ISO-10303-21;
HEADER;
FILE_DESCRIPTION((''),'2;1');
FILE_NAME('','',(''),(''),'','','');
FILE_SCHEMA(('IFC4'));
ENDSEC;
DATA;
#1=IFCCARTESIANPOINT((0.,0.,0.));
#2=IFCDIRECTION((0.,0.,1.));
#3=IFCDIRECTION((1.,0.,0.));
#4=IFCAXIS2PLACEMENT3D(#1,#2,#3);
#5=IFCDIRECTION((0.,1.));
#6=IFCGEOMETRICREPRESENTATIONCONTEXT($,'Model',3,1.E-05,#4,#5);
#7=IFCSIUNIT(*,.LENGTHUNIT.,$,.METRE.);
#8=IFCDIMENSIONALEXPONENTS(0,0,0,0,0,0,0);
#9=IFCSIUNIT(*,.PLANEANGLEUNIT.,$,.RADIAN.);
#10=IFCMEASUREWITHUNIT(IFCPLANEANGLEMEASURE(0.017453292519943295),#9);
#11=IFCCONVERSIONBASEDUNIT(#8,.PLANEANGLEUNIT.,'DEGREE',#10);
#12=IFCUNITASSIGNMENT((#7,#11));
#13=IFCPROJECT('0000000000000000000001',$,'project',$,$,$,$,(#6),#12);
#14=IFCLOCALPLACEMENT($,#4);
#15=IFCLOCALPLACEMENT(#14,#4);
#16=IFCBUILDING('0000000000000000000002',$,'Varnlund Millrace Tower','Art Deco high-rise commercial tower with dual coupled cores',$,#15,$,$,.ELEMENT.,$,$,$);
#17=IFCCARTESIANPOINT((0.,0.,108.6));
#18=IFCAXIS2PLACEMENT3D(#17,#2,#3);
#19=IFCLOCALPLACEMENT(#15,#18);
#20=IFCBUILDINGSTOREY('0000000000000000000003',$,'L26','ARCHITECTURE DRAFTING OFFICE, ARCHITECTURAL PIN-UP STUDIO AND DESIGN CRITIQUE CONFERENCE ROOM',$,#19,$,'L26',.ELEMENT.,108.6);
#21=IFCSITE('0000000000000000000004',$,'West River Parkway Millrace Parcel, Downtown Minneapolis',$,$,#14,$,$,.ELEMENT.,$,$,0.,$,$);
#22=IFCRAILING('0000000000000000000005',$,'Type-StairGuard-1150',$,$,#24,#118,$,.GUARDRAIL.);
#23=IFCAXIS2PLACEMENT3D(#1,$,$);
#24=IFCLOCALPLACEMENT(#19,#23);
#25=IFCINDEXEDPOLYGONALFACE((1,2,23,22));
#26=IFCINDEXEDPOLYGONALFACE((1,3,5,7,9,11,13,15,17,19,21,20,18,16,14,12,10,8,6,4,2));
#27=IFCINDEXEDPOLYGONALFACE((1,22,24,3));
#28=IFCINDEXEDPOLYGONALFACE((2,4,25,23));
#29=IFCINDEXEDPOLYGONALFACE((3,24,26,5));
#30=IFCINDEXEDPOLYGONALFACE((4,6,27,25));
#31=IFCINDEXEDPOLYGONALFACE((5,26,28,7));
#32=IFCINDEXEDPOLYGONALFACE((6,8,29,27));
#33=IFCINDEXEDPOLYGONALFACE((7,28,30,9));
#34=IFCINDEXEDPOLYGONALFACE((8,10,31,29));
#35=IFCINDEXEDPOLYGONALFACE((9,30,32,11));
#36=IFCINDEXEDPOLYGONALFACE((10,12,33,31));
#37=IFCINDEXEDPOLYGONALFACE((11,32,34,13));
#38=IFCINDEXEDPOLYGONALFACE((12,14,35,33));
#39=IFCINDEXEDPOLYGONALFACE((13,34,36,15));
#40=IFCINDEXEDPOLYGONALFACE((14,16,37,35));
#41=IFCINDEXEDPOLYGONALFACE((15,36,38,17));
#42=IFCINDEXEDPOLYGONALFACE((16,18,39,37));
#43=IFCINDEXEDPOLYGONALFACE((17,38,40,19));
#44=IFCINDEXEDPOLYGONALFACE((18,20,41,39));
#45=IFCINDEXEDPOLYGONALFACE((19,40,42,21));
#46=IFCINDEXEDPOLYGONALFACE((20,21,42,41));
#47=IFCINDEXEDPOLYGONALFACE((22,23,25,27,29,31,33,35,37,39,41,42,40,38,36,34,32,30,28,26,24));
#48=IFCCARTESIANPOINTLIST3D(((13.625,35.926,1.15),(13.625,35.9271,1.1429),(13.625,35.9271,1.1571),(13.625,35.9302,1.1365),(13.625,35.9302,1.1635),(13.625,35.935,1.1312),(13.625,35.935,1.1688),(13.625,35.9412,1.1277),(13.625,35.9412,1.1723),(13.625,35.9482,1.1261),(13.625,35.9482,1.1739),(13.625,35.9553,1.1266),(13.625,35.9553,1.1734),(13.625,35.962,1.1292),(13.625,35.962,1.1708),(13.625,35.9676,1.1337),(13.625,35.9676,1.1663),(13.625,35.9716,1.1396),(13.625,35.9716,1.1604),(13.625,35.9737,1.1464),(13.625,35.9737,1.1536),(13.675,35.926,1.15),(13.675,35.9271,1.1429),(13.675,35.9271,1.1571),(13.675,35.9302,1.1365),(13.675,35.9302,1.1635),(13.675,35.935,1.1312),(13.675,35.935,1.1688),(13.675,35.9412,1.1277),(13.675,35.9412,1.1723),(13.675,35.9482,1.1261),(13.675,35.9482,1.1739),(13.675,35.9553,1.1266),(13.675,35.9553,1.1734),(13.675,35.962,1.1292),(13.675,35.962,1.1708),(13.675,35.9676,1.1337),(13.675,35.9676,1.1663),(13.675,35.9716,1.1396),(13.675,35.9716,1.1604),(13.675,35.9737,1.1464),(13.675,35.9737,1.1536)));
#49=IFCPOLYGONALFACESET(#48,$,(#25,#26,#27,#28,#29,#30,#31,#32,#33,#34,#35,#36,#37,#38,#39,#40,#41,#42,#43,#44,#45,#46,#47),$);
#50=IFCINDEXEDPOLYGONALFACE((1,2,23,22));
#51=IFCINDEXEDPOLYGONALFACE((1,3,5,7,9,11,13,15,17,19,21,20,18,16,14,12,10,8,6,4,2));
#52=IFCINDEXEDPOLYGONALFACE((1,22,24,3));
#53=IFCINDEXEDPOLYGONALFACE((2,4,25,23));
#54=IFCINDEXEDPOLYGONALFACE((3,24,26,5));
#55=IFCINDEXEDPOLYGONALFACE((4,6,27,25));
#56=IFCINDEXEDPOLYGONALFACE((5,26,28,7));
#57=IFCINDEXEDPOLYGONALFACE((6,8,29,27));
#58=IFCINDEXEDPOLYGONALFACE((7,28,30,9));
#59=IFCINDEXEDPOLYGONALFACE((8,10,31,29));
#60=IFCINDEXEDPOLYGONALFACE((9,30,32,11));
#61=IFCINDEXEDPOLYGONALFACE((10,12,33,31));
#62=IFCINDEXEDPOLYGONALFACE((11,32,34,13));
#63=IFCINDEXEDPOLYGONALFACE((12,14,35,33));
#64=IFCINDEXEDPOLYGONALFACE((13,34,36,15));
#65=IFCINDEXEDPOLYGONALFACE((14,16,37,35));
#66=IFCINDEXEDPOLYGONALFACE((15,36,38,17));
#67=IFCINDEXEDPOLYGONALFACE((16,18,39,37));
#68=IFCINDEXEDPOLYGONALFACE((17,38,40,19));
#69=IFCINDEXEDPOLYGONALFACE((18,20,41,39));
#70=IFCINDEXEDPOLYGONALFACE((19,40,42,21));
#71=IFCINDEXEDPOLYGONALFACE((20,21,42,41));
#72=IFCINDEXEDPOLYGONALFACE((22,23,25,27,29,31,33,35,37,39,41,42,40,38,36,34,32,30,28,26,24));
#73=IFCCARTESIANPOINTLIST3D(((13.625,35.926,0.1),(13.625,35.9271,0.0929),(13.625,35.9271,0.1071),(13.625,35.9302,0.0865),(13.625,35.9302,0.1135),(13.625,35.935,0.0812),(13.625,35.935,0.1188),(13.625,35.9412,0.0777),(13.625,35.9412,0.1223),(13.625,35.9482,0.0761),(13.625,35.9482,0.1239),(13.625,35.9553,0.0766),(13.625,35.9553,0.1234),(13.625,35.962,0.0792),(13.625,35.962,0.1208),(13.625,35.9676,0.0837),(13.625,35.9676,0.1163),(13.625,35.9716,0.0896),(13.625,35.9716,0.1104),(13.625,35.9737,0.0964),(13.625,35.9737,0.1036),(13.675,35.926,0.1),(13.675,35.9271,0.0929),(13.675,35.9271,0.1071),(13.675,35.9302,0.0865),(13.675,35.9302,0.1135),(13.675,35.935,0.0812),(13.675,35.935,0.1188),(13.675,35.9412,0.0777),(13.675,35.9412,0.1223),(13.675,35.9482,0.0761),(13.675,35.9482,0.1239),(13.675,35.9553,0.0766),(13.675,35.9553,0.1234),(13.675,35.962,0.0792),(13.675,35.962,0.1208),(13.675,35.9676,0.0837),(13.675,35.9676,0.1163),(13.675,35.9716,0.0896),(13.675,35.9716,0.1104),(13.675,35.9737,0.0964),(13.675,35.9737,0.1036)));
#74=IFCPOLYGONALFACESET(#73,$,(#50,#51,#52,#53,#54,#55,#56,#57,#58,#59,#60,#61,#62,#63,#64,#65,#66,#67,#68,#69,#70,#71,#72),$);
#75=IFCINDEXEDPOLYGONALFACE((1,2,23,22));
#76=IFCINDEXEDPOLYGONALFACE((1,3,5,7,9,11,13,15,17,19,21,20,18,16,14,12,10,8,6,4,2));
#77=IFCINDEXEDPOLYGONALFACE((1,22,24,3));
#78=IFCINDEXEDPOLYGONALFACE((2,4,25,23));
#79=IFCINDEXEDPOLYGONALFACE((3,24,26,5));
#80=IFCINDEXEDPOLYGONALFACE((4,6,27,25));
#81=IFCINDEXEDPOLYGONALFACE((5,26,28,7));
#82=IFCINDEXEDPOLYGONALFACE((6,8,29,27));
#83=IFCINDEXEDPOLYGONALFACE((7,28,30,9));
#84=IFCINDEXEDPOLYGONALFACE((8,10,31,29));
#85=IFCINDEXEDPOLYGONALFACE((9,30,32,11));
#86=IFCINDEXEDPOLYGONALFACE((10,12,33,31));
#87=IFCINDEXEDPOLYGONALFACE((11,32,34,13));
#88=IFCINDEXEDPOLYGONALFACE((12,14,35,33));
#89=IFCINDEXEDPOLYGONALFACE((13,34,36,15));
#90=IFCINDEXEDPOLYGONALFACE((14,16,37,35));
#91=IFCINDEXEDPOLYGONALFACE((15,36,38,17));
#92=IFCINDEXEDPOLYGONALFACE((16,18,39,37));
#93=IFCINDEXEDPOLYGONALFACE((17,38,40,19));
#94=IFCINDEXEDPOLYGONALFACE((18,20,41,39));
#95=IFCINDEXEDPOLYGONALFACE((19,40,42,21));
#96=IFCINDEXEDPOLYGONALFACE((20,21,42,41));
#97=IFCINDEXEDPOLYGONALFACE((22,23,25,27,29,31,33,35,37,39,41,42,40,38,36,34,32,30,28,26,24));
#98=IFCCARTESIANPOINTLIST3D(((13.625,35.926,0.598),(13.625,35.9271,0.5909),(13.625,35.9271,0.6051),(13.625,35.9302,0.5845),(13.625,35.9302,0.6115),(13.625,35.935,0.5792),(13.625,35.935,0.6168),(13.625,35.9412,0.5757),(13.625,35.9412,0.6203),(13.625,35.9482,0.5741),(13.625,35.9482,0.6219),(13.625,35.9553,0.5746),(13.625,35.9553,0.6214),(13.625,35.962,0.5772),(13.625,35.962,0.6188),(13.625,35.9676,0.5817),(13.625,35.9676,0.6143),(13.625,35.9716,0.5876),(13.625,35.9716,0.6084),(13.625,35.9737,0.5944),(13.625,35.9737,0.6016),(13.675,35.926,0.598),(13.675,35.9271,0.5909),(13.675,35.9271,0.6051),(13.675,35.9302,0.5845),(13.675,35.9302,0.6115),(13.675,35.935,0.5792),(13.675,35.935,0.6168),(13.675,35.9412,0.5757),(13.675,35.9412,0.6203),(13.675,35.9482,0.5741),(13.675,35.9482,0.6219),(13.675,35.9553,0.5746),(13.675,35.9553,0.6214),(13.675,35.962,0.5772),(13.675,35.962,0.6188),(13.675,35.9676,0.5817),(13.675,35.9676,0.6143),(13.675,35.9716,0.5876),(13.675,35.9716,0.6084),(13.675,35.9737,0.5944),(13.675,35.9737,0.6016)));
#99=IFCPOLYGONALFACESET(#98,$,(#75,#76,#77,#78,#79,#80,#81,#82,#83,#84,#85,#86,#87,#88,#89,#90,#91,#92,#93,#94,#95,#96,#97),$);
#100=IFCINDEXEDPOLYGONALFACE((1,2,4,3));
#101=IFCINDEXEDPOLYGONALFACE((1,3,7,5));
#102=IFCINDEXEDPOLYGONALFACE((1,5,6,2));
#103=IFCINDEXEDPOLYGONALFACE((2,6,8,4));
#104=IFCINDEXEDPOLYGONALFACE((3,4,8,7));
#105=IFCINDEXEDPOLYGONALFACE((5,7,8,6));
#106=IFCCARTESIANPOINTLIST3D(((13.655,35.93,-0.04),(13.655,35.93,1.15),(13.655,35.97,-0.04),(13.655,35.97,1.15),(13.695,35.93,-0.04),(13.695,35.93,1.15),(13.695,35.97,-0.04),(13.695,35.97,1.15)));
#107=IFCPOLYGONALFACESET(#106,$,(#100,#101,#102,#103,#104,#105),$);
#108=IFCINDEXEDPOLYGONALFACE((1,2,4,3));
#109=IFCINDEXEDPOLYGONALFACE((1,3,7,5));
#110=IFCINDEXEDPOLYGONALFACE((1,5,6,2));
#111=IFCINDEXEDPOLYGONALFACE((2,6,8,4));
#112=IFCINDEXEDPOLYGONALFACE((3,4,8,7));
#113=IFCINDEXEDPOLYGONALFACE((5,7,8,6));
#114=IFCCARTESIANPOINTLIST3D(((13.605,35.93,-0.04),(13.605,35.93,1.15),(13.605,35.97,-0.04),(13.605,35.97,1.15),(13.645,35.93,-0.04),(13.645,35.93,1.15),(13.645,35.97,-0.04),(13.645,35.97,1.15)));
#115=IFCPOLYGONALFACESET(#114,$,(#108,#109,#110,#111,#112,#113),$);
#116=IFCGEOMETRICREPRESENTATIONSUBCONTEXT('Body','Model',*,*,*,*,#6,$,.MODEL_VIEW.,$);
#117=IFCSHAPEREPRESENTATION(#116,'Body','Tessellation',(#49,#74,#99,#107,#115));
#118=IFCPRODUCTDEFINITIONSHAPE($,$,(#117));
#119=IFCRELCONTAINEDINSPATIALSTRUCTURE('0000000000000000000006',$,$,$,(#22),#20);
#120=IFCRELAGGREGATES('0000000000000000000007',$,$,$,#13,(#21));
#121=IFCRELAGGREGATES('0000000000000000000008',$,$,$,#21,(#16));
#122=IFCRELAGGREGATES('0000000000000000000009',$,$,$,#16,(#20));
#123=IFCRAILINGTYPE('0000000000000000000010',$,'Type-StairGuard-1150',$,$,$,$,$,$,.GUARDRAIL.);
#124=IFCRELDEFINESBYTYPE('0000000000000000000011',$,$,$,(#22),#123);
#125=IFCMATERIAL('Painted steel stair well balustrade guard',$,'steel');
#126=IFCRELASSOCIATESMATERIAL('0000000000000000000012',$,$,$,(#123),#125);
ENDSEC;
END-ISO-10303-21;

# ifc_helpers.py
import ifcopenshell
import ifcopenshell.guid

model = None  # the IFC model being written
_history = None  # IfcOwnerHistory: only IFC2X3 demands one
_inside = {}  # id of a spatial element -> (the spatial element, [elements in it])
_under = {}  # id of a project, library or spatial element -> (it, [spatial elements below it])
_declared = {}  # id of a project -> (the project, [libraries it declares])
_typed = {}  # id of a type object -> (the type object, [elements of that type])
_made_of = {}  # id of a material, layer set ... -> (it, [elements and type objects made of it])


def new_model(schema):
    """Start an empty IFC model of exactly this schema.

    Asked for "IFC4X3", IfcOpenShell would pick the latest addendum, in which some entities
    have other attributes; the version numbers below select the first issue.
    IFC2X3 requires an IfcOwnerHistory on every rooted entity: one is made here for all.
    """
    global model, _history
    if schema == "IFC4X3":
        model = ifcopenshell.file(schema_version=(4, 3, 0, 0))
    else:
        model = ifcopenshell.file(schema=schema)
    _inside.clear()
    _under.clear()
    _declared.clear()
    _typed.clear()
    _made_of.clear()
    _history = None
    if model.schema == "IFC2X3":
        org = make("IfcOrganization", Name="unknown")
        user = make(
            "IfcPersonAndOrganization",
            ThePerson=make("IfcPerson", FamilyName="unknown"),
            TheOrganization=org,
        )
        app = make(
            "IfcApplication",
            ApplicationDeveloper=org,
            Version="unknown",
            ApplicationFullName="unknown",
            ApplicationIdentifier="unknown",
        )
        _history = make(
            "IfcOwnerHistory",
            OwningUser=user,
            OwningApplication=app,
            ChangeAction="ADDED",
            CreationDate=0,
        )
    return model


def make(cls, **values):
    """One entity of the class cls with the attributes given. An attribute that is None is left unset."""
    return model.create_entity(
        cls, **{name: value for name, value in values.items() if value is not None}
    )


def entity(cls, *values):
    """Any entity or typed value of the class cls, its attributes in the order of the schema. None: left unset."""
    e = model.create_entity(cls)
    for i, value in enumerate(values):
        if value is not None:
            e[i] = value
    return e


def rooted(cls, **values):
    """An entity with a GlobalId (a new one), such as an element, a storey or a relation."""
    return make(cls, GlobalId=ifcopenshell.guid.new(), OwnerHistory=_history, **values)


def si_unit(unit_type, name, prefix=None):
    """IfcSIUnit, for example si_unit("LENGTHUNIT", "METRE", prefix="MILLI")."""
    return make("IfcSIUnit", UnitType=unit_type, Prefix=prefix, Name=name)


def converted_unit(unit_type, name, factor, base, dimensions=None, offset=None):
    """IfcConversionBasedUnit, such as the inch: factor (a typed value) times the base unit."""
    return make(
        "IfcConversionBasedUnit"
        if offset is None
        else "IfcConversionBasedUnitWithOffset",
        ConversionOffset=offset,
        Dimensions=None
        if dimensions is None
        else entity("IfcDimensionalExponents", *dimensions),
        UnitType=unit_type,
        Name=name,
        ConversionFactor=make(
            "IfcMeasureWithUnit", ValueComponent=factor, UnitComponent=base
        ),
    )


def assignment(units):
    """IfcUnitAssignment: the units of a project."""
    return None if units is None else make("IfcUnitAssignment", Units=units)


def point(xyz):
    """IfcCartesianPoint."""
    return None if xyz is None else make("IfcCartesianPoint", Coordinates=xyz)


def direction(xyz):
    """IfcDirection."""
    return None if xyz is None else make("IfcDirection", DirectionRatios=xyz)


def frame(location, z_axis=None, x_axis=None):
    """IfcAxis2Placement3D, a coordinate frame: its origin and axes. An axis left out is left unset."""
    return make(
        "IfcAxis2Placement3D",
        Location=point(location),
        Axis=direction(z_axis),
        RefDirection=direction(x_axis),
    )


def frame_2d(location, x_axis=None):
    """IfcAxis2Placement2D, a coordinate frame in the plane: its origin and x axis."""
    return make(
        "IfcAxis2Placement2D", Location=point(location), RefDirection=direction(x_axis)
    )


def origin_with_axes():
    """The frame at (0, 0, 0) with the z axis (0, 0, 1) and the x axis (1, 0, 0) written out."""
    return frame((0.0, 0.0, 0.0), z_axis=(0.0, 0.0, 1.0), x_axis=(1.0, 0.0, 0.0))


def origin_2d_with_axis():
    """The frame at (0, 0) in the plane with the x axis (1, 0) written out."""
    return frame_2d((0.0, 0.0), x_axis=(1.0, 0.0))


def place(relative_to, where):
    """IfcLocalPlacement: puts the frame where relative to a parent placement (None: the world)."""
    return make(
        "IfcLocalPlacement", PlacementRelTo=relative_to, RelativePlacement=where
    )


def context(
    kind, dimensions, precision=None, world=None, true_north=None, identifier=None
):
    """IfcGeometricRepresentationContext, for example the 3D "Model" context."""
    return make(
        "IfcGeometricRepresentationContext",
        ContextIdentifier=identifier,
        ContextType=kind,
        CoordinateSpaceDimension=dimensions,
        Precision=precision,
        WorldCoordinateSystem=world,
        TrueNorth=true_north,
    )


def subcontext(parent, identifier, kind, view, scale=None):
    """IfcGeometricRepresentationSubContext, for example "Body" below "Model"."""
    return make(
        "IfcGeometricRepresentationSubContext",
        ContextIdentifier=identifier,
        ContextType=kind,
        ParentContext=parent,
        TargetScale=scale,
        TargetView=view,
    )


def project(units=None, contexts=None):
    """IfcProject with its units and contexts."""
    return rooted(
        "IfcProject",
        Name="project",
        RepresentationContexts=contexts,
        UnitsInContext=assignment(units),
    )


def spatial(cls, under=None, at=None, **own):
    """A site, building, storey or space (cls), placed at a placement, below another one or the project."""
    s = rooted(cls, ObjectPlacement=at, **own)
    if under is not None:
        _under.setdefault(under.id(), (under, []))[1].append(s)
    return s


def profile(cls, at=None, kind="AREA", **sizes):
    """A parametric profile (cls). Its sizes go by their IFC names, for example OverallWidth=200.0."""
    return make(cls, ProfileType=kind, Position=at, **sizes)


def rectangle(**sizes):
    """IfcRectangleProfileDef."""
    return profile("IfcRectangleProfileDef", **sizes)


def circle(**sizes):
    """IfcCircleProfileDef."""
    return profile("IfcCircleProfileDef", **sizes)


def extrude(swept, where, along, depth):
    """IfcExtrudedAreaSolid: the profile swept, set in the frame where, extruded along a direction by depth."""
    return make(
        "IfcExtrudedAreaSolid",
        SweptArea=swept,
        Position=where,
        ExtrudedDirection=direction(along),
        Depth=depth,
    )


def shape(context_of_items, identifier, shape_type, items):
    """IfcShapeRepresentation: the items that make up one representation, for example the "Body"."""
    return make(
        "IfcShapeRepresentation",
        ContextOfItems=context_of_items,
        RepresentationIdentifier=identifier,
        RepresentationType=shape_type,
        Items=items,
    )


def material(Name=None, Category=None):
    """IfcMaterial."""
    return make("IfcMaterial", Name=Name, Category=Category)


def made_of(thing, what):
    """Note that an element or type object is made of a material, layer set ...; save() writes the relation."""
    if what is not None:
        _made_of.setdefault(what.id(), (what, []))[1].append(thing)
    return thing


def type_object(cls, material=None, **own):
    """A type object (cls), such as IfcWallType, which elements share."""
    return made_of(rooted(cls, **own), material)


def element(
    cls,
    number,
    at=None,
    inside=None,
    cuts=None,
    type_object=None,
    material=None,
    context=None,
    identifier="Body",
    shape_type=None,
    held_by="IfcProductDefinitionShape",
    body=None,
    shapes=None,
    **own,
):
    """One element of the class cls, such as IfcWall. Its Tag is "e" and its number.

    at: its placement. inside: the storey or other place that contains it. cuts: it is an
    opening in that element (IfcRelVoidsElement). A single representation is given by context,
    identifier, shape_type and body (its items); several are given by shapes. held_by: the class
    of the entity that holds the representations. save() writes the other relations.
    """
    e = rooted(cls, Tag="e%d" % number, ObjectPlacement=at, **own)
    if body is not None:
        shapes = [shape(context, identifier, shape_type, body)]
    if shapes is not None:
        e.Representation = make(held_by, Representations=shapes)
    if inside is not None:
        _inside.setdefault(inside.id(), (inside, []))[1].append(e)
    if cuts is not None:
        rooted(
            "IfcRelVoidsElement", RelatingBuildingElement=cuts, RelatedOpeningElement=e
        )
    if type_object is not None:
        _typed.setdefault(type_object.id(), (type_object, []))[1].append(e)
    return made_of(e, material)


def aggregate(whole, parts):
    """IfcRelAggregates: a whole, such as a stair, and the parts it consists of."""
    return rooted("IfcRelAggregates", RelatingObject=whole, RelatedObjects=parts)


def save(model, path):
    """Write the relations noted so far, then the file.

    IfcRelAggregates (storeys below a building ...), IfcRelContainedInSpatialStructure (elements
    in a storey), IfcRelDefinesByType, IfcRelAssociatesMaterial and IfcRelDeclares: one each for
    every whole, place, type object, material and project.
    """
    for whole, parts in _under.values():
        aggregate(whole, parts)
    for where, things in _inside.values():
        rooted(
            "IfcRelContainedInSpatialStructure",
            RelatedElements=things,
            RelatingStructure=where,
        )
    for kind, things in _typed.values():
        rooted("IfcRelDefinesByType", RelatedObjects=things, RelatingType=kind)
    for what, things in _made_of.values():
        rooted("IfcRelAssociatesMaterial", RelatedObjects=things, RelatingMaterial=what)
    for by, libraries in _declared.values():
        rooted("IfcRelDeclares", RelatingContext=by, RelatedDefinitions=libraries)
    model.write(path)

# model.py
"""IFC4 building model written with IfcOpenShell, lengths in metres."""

from ifc_helpers import new_model, entity, si_unit, converted_unit, direction, frame, origin_with_axes, origin_2d_with_axis, place, context, subcontext, project, spatial, rectangle, circle, extrude, material, type_object, element, save


model = new_model("IFC4")

# Units and contexts
model_context = context("Model", 3, precision=1e-05, world=origin_with_axes(), true_north=direction((0.0, 1.0)))
body_context = subcontext(model_context, "Body", "Model", "MODEL_VIEW")
ifc_project = project(units=[si_unit("LENGTHUNIT", "METRE"), converted_unit("PLANEANGLEUNIT", "DEGREE", entity("IfcPlaneAngleMeasure", 0.017453292519943295), si_unit("PLANEANGLEUNIT", "RADIAN"), dimensions=[0, 0, 0, 0, 0, 0, 0])], contexts=[model_context])

# Site, building, storey
site_placement = place(None, origin_with_axes())
site = spatial("IfcSite", under=ifc_project, at=site_placement, Name="West River Parkway Millrace Parcel, Downtown Minneapolis", CompositionType="ELEMENT", RefElevation=0.0)
building_placement = place(site_placement, origin_with_axes())
building = spatial("IfcBuilding", under=site, at=building_placement, Name="Varnlund Millrace Tower", Description="Art Deco high-rise commercial tower with dual coupled cores", CompositionType="ELEMENT")
storey_placement = place(building_placement, frame((0.0, 0.0, 108.6), z_axis=(0.0, 0.0, 1.0), x_axis=(1.0, 0.0, 0.0)))
storey = spatial("IfcBuildingStorey", under=building, at=storey_placement, Name="L26", Description="ARCHITECTURE DRAFTING OFFICE, ARCHITECTURAL PIN-UP STUDIO AND DESIGN CRITIQUE CONFERENCE ROOM", LongName="L26", CompositionType="ELEMENT", Elevation=108.6)

# Railing
ifc_material_1 = material(Name="Painted steel stair well balustrade guard", Category="steel")
railing_type_1 = type_object("IfcRailingType", Name="Type-StairGuard-1150", PredefinedType="GUARDRAIL", material=ifc_material_1)
railing_1_placement = place(storey_placement, frame((0.0, 0.0, -108.6), z_axis=(0.0, 0.0, 1.0), x_axis=(1.0, 0.0, 0.0)))
element("IfcRailing", 1, at=railing_1_placement, inside=storey, type_object=railing_type_1, Name="Type-StairGuard-1150", PredefinedType="GUARDRAIL", context=body_context, shape_type="SweptSolid", body=[
    extrude(circle(Radius=0.024, at=origin_2d_with_axis()), frame((13.675, 35.95, 109.75), z_axis=(-1.0, 0.0, 0.0), x_axis=(0.0, -1.0, 0.0)), (0.0, 0.0, 1.0), 0.05),
    extrude(circle(Radius=0.024, at=origin_2d_with_axis()), frame((13.675, 35.95, 108.7), z_axis=(-1.0, 0.0, 0.0), x_axis=(0.0, -1.0, 0.0)), (0.0, 0.0, 1.0), 0.05),
    extrude(circle(Radius=0.024, at=origin_2d_with_axis()), frame((13.675, 35.95, 109.198), z_axis=(-1.0, 0.0, 0.0), x_axis=(0.0, -1.0, 0.0)), (0.0, 0.0, 1.0), 0.05),
    extrude(rectangle(XDim=0.04, YDim=0.04, at=origin_2d_with_axis()), frame((13.675, 35.95, 108.56), z_axis=(0.0, 0.0, 1.0), x_axis=(1.0, 0.0, 0.0)), (0.0, 0.0, 1.0), 1.19),
    extrude(rectangle(XDim=0.04, YDim=0.04, at=origin_2d_with_axis()), frame((13.625, 35.95, 108.56), z_axis=(0.0, 0.0, 1.0), x_axis=(1.0, 0.0, 0.0)), (0.0, 0.0, 1.0), 1.19),
])

save(model, "model.ifc")
